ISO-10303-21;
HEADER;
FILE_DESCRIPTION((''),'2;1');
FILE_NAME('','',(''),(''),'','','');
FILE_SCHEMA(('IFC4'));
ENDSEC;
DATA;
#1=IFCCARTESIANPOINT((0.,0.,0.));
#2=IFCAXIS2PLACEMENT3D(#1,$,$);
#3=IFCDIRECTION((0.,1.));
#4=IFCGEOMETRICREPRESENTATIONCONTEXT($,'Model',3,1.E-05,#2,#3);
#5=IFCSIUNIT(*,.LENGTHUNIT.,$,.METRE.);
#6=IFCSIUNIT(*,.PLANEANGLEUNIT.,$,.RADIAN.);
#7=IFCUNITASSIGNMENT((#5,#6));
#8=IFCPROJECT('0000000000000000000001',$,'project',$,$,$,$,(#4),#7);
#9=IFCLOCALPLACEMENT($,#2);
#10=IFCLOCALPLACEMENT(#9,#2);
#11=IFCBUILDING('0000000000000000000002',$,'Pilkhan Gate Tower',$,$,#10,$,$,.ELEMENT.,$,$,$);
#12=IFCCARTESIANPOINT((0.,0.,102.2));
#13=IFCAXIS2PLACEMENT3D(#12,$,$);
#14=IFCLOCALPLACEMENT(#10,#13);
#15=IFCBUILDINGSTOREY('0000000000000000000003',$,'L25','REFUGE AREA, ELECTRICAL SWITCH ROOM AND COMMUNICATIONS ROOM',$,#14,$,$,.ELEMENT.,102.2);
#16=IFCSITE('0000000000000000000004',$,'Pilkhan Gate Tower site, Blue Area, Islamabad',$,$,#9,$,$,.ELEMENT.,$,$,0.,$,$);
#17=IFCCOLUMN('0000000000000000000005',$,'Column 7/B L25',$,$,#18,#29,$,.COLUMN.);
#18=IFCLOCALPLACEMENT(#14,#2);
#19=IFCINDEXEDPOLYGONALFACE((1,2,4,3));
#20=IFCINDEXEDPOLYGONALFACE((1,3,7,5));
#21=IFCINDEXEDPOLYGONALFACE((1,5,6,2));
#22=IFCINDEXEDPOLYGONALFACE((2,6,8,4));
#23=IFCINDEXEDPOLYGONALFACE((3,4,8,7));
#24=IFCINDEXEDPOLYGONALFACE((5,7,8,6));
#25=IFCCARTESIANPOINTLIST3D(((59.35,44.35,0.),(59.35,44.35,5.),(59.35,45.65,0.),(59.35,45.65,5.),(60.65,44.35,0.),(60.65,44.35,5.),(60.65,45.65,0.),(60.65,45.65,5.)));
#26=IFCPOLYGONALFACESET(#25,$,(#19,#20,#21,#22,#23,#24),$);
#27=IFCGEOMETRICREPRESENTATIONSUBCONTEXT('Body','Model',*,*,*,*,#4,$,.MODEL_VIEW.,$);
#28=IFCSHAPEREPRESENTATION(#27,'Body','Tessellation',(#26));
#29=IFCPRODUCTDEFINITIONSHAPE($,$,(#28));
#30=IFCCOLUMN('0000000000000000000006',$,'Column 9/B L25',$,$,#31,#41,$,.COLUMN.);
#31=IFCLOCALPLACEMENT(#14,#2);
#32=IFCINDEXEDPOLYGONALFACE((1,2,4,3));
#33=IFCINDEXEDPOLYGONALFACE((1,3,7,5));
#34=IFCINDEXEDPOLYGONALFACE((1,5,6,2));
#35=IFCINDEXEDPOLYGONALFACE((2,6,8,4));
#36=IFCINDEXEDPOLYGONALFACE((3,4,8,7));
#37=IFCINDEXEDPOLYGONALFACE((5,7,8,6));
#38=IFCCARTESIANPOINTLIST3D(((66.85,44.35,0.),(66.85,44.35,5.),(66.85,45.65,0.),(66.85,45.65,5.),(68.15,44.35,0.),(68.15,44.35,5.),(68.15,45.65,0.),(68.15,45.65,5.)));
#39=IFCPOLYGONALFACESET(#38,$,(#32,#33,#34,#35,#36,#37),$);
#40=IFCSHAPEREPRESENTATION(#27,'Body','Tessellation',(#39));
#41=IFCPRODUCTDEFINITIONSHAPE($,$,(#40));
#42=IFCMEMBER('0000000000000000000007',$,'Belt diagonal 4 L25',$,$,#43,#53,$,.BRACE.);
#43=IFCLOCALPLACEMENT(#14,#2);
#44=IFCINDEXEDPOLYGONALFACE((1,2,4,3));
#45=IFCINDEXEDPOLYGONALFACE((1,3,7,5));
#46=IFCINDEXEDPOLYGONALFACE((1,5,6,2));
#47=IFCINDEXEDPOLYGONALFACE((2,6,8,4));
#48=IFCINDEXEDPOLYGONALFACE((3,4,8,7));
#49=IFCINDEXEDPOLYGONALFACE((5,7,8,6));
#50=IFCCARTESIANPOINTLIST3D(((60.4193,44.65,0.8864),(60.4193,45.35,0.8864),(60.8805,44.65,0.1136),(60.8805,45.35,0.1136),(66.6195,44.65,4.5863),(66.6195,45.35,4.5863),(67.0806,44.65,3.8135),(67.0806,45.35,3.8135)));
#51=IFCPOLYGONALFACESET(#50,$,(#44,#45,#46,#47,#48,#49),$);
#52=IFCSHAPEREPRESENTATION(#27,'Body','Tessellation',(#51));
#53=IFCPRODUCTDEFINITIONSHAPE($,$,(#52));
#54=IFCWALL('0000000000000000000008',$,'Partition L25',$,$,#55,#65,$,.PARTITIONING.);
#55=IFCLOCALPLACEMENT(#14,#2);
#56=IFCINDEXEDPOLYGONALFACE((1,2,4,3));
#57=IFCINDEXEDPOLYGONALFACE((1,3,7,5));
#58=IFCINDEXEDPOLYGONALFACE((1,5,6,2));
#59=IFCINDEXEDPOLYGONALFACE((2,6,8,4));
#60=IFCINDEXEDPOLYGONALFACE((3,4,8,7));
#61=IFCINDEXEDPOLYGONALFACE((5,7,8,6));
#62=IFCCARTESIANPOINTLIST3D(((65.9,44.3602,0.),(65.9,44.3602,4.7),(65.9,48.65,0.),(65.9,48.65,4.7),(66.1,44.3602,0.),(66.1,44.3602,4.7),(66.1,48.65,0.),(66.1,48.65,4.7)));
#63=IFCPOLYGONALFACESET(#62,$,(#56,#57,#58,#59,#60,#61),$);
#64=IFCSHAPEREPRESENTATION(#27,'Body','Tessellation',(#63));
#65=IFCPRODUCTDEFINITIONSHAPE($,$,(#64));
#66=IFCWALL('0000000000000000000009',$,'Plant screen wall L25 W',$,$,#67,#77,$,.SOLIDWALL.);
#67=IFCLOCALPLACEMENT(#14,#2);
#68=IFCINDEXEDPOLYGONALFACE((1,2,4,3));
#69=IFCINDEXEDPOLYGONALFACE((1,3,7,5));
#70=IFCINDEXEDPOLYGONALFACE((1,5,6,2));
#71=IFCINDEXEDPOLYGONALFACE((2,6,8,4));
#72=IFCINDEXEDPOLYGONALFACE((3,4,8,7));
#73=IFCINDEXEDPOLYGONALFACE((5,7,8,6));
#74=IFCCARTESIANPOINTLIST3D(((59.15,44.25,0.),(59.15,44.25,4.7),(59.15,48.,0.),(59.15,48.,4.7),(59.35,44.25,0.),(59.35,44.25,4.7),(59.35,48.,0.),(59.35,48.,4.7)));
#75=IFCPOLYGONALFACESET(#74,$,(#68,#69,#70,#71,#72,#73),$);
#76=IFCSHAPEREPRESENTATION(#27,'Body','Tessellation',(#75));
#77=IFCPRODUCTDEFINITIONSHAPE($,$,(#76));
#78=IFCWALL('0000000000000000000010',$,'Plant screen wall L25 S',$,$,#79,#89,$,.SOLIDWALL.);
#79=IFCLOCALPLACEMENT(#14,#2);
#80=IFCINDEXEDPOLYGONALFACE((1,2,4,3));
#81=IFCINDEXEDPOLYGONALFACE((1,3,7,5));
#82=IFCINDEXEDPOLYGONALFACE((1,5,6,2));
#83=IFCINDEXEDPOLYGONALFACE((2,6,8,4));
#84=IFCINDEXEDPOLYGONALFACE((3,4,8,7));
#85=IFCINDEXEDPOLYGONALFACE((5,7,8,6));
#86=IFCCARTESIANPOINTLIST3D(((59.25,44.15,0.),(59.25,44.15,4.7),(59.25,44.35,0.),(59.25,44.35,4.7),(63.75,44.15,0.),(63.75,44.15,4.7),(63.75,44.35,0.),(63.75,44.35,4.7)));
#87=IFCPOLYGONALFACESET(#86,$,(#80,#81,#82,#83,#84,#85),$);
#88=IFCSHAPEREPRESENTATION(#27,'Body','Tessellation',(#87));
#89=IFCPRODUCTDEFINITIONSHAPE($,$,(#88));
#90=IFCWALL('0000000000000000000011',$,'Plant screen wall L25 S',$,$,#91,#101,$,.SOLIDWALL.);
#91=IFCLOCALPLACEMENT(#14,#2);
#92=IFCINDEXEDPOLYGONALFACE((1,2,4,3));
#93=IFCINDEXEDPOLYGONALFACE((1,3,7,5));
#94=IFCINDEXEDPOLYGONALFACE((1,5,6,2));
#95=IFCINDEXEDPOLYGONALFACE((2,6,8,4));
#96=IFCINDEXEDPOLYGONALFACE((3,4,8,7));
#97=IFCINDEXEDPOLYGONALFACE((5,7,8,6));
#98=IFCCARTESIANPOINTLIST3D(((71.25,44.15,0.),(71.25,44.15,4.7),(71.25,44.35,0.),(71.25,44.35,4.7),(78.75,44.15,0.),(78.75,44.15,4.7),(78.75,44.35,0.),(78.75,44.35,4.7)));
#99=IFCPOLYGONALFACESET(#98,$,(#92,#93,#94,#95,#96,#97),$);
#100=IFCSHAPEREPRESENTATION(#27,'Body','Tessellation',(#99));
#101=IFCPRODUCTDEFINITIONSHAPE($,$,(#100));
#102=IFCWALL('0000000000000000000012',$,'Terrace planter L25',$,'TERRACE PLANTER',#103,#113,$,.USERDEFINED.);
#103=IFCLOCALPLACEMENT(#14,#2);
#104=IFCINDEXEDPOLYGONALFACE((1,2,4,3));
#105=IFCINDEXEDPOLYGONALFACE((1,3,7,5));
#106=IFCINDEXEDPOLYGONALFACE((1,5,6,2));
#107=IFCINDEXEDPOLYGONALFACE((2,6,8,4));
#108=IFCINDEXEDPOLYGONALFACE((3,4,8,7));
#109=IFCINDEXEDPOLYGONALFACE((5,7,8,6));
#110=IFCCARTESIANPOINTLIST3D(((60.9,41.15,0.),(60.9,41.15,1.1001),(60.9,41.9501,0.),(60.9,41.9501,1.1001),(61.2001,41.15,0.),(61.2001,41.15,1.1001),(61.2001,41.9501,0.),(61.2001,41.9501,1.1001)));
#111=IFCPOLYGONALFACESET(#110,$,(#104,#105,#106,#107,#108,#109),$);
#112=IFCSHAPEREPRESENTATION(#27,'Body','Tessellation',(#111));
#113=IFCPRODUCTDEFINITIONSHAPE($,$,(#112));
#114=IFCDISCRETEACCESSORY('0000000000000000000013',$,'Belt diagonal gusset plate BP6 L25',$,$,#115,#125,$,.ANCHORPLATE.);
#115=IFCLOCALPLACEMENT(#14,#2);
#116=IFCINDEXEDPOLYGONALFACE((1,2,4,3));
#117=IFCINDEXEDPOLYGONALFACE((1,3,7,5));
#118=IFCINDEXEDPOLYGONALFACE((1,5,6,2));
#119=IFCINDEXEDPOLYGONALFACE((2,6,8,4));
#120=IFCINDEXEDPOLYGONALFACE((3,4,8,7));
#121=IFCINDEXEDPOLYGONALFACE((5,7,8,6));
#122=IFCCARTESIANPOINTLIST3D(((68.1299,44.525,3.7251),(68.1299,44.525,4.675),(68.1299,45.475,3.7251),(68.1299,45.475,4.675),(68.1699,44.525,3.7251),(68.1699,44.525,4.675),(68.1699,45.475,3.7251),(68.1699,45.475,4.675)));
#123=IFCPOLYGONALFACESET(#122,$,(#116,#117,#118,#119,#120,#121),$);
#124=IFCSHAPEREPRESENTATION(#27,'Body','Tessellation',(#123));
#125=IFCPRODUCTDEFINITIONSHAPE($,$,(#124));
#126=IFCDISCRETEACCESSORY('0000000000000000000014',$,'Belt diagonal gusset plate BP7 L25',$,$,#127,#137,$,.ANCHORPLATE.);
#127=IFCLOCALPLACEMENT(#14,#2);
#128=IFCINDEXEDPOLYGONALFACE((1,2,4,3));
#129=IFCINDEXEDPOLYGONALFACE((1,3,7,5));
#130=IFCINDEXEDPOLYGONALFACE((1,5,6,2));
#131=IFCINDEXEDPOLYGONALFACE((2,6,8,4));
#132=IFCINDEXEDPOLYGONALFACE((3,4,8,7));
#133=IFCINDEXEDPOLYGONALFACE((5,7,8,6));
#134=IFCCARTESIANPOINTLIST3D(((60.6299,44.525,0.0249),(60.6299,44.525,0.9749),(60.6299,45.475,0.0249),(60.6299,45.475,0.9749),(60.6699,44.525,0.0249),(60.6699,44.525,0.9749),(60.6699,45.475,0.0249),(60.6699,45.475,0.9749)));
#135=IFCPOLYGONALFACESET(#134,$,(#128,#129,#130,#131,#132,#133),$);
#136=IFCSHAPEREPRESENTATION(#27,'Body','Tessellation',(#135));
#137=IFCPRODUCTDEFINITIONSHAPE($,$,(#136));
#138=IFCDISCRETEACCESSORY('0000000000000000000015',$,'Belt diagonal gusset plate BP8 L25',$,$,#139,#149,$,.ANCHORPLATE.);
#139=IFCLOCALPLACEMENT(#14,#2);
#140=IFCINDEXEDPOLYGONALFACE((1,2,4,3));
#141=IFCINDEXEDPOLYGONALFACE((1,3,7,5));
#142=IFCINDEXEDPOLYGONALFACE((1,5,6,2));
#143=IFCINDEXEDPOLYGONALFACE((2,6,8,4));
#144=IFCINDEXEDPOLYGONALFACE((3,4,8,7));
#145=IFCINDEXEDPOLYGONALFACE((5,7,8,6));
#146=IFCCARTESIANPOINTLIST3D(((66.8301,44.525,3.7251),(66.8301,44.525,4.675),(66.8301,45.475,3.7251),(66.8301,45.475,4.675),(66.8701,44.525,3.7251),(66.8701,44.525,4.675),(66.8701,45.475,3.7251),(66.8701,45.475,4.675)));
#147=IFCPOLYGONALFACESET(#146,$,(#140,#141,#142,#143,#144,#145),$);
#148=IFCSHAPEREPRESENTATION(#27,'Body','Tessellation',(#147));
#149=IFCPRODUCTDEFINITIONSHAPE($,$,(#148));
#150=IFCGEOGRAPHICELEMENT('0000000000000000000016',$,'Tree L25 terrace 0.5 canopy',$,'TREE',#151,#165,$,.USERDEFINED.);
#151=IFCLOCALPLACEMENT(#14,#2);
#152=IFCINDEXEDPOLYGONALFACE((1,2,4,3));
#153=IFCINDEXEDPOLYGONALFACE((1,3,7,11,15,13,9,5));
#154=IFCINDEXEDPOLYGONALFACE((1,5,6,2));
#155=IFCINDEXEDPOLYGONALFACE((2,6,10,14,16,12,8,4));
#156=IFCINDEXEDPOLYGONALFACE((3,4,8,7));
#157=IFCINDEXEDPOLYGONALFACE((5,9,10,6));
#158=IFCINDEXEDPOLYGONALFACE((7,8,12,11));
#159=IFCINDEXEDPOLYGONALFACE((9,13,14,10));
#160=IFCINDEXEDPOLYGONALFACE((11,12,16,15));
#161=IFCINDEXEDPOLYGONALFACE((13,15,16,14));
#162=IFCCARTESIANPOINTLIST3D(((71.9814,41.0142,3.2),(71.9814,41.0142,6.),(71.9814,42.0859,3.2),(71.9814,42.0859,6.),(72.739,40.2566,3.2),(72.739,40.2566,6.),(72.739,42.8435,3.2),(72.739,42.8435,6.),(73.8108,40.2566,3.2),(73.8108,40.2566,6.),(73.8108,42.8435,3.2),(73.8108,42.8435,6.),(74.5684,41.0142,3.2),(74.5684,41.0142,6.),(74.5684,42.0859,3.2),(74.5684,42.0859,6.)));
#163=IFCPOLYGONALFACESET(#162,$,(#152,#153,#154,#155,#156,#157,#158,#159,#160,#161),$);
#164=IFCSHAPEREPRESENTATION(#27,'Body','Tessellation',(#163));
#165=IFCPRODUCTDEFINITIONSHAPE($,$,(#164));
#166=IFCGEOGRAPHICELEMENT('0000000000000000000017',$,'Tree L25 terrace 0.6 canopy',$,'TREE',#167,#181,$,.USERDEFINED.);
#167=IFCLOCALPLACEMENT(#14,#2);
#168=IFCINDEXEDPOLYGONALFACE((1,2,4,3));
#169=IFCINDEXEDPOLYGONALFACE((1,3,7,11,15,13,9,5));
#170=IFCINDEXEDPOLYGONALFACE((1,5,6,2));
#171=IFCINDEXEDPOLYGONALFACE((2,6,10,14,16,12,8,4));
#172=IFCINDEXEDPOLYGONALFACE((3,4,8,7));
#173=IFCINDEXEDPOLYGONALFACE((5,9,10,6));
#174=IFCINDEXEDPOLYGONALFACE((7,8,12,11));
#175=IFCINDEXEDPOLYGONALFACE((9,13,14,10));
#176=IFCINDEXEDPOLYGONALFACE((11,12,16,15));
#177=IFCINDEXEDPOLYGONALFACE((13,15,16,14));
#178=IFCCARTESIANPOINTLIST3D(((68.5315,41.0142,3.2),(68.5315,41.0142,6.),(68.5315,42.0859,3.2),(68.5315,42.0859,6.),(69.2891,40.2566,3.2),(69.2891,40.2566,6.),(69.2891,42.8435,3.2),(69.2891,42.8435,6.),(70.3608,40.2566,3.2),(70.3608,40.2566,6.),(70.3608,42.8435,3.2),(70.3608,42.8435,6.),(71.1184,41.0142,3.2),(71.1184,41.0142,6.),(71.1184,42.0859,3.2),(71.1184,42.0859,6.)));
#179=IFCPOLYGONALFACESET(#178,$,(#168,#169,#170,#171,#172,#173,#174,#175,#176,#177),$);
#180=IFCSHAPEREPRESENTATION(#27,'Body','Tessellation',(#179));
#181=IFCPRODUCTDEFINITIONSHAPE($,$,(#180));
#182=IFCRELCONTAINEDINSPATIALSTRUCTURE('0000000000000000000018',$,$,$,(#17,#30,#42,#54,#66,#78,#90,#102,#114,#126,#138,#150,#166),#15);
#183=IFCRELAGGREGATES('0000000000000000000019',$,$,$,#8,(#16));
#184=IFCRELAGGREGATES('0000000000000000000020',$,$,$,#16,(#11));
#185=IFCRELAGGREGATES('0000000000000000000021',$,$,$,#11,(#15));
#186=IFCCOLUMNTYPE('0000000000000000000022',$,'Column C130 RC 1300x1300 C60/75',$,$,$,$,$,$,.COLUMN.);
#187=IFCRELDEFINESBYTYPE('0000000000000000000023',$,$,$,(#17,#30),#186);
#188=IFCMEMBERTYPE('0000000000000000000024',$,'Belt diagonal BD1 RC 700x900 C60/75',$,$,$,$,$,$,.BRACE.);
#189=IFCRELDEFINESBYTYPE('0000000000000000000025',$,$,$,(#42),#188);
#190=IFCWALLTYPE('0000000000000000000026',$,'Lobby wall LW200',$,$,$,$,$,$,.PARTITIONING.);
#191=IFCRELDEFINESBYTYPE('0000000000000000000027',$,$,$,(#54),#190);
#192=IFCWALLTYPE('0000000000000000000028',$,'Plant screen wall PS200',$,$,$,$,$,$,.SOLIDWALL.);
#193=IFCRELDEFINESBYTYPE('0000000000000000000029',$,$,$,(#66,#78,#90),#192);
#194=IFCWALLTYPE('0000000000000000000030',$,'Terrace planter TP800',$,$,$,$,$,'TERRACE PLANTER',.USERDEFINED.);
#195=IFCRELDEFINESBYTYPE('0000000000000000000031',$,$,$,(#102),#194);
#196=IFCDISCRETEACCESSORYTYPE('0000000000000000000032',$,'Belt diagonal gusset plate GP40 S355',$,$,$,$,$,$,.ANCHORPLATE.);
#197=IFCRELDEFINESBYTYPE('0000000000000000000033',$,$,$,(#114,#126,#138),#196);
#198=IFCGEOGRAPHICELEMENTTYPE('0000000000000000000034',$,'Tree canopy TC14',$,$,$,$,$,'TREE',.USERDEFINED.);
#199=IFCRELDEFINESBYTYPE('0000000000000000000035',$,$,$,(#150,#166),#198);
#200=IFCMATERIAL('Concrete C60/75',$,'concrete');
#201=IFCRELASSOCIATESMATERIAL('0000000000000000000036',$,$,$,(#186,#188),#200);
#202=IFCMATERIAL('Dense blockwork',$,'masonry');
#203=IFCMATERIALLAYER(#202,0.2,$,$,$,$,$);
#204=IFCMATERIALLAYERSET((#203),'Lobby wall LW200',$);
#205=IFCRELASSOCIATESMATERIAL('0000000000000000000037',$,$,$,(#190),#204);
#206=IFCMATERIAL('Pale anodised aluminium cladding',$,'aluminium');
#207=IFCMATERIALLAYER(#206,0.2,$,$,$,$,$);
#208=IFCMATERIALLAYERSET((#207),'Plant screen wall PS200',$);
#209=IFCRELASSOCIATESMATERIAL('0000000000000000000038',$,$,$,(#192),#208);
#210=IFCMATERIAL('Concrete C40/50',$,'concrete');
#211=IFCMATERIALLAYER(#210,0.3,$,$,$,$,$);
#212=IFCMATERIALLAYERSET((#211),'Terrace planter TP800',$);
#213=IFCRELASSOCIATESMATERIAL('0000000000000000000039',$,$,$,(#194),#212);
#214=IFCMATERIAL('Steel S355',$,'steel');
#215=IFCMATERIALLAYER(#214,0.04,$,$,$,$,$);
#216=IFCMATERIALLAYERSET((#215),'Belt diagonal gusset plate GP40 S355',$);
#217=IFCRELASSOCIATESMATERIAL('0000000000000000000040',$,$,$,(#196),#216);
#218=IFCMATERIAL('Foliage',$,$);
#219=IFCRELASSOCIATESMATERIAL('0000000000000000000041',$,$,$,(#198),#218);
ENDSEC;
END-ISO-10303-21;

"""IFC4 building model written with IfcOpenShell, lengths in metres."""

from ifc_helpers import new_model, si_unit, direction, frame, frame_2d, origin, origin_2d, place, context, subcontext, project, spatial, polyline, rectangle, outline, extrude, material, layer, layer_set, material_profile, profile_set, type_object, element, save


model = new_model("IFC4")

# Units and contexts
model_context = context("Model", 3, precision=1e-05, world=origin(), true_north=direction((0.0, 1.0)))
body_context = subcontext(model_context, "Body", "Model", "MODEL_VIEW")
ifc_project = project(units=[si_unit("LENGTHUNIT", "METRE"), si_unit("PLANEANGLEUNIT", "RADIAN")], contexts=[model_context])

# Site, building, storey
site_placement = place(None, origin())
site = spatial("IfcSite", under=ifc_project, at=site_placement, Name="Pilkhan Gate Tower site, Blue Area, Islamabad", CompositionType="ELEMENT", RefElevation=0.0)
building_placement = place(site_placement, origin())
building = spatial("IfcBuilding", under=site, at=building_placement, Name="Pilkhan Gate Tower", CompositionType="ELEMENT")
storey_placement = place(building_placement, frame((0.0, 0.0, 102.2)))
storey = spatial("IfcBuildingStorey", under=building, at=storey_placement, Name="L25", Description="REFUGE AREA, ELECTRICAL SWITCH ROOM AND COMMUNICATIONS ROOM", CompositionType="ELEMENT", Elevation=102.2)

# Columns
ifc_material_1 = material(Name="Concrete C60/75", Category="concrete")
ifc_material_profile_1 = material_profile(ifc_material_1, rectangle(XDim=1.3, YDim=1.3, at=origin_2d()), Name="RC 1300x1300")
ifc_profile_set_1 = profile_set([ifc_material_profile_1], Name="Concrete C60/75")
column_type = type_object("IfcColumnType", Name="Column C130 RC 1300x1300 C60/75", PredefinedType="COLUMN", material=ifc_profile_set_1)
for number, where, z_axis, x_axis, name in (
    (1, (60.0, 45.0, 0.0), (0.0, 0.0, 1.0), (1.0, 0.0, 0.0), "Column 7/B L25"),
    (2, (67.5, 45.0, 0.0), (0.0, 0.0, 1.0), (1.0, 0.0, 0.0), "Column 9/B L25"),
):
    element("IfcColumn", number, at=place(storey_placement, frame(where, z_axis=z_axis, x_axis=x_axis)), inside=storey, type_object=column_type, Name=name, PredefinedType="COLUMN", context=body_context, shape_type="SweptSolid", body=[
        extrude(rectangle(XDim=1.3, YDim=1.3, at=origin_2d()), origin(), (0.0, 0.0, 1.0), 5.0),
    ])

# Member
ifc_material_profile_2 = material_profile(ifc_material_1, rectangle(XDim=0.7, YDim=0.8999, at=origin_2d()), Name="RC 700x900")
ifc_profile_set_2 = profile_set([ifc_material_profile_2], Name="Concrete C60/75")
member_type = type_object("IfcMemberType", Name="Belt diagonal BD1 RC 700x900 C60/75", PredefinedType="BRACE", material=ifc_profile_set_2)
member_placement = place(storey_placement, frame((60.6499, 45.0, 0.5), z_axis=(0.858723, 0.0, 0.512441), x_axis=(0.0, 1.0, 0.0)))
element("IfcMember", 3, at=member_placement, inside=storey, type_object=member_type, Name="Belt diagonal 4 L25", PredefinedType="BRACE", context=body_context, shape_type="SweptSolid", body=[
    extrude(rectangle(XDim=0.7, YDim=0.8999, at=origin_2d()), origin(), (0.0, 0.0, 1.0), 7.2202),
])

# Walls
ifc_material_2 = material(Name="Dense blockwork", Category="masonry")
ifc_layer_1 = layer(ifc_material_2, 0.2)
ifc_layer_set_1 = layer_set([ifc_layer_1], Name="Lobby wall LW200")
wall_type_1 = type_object("IfcWallType", Name="Lobby wall LW200", PredefinedType="PARTITIONING", material=ifc_layer_set_1)
wall_1_placement = place(storey_placement, frame((66.0, 44.3601, 0.0), z_axis=(0.0, 0.0, 1.0), x_axis=(0.0, 1.0, 0.0)))
element("IfcWall", 4, at=wall_1_placement, inside=storey, type_object=wall_type_1, Name="Partition L25", PredefinedType="PARTITIONING", context=body_context, shape_type="SweptSolid", body=[
    extrude(rectangle(XDim=4.2898, YDim=0.2, at=frame_2d((2.145, 0.0))), origin(), (0.0, 0.0, 1.0), 4.7),
])
ifc_material_3 = material(Name="Pale anodised aluminium cladding", Category="aluminium")
ifc_layer_2 = layer(ifc_material_3, 0.2)
ifc_layer_set_2 = layer_set([ifc_layer_2], Name="Plant screen wall PS200")
wall_type_2 = type_object("IfcWallType", Name="Plant screen wall PS200", PredefinedType="SOLIDWALL", material=ifc_layer_set_2)
wall_2_placement = place(storey_placement, frame((59.25, 44.25, 0.0), z_axis=(0.0, 0.0, 1.0), x_axis=(0.0, 1.0, 0.0)))
element("IfcWall", 5, at=wall_2_placement, inside=storey, type_object=wall_type_2, Name="Plant screen wall L25 W", PredefinedType="SOLIDWALL", context=body_context, shape_type="SweptSolid", body=[
    extrude(rectangle(XDim=3.75, YDim=0.2, at=frame_2d((1.875, 0.0))), origin(), (0.0, 0.0, 1.0), 4.7),
])
wall_3_placement = place(storey_placement, frame((59.25, 44.25, 0.0), z_axis=(0.0, 0.0, 1.0), x_axis=(1.0, 0.0, 0.0)))
element("IfcWall", 6, at=wall_3_placement, inside=storey, type_object=wall_type_2, Name="Plant screen wall L25 S", PredefinedType="SOLIDWALL", context=body_context, shape_type="SweptSolid", body=[
    extrude(rectangle(XDim=4.5, YDim=0.2, at=frame_2d((2.25, 0.0))), origin(), (0.0, 0.0, 1.0), 4.7),
])

# Walls
wall_4_placement = place(storey_placement, frame((71.25, 44.25, 0.0), z_axis=(0.0, 0.0, 1.0), x_axis=(1.0, 0.0, 0.0)))
element("IfcWall", 7, at=wall_4_placement, inside=storey, type_object=wall_type_2, Name="Plant screen wall L25 S", PredefinedType="SOLIDWALL", context=body_context, shape_type="SweptSolid", body=[
    extrude(rectangle(XDim=7.5, YDim=0.2, at=frame_2d((3.75, 0.0))), origin(), (0.0, 0.0, 1.0), 4.7),
])
ifc_material_4 = material(Name="Concrete C40/50", Category="concrete")
ifc_layer_3 = layer(ifc_material_4, 0.3)
ifc_layer_set_3 = layer_set([ifc_layer_3], Name="Terrace planter TP800")
wall_type_3 = type_object("IfcWallType", Name="Terrace planter TP800", ElementType="TERRACE PLANTER", PredefinedType="USERDEFINED", material=ifc_layer_set_3)
wall_5_placement = place(storey_placement, frame((61.05, 41.95, 0.0), z_axis=(0.0, 0.0, 1.0), x_axis=(0.0, -1.0, 0.0)))
element("IfcWall", 8, at=wall_5_placement, inside=storey, type_object=wall_type_3, Name="Terrace planter L25", ObjectType="TERRACE PLANTER", PredefinedType="USERDEFINED", context=body_context, shape_type="SweptSolid", body=[
    extrude(rectangle(XDim=0.8, YDim=0.3, at=frame_2d((0.3999, 0.0))), origin(), (0.0, 0.0, 1.0), 1.1001),
])

# Discrete accessories
ifc_material_5 = material(Name="Steel S355", Category="steel")
ifc_layer_4 = layer(ifc_material_5, 0.04)
ifc_layer_set_4 = layer_set([ifc_layer_4], Name="Belt diagonal gusset plate GP40 S355")
discrete_accessory_type = type_object("IfcDiscreteAccessoryType", Name="Belt diagonal gusset plate GP40 S355", PredefinedType="ANCHORPLATE", material=ifc_layer_set_4)
for number, where, z_axis, x_axis, name in (
    (9, (68.1499, 45.0, 3.7251), (0.0, 0.0, 1.0), (1.0, 0.0, 0.0), "Belt diagonal gusset plate BP6 L25"),
    (10, (60.6499, 45.0, 0.0249), (0.0, 0.0, 1.0), (1.0, 0.0, 0.0), "Belt diagonal gusset plate BP7 L25"),
    (11, (66.8501, 45.0, 3.7251), (0.0, 0.0, 1.0), (1.0, 0.0, 0.0), "Belt diagonal gusset plate BP8 L25"),
):
    element("IfcDiscreteAccessory", number, at=place(storey_placement, frame(where, z_axis=z_axis, x_axis=x_axis)), inside=storey, type_object=discrete_accessory_type, Name=name, PredefinedType="ANCHORPLATE", context=body_context, shape_type="SweptSolid", body=[
        extrude(rectangle(XDim=0.04, YDim=0.95, at=origin_2d()), origin(), (0.0, 0.0, 1.0), 0.95),
    ])

# Geographic elements
ifc_material_6 = material(Name="Foliage")
ifc_material_profile_3 = material_profile(ifc_material_6, outline(polyline([(1.2935, 0.5359), (0.5359, 1.2935), (-0.5359, 1.2935), (-1.2935, 0.5359), (-1.2935, -0.5359), (-0.5359, -1.2935), (0.5359, -1.2935), (1.2935, -0.5359), (1.2935, 0.5359)])), Name="Canopy D2.8")
ifc_profile_set_3 = profile_set([ifc_material_profile_3], Name="Foliage")
geographic_element_type_1 = type_object("IfcGeographicElementType", Name="Tree canopy TC14", ElementType="TREE", PredefinedType="USERDEFINED", material=ifc_profile_set_3)
for number, where, z_axis, x_axis, name in (
    (12, (73.2749, 41.55, 3.2), (0.0, 0.0, 1.0), (1.0, 0.0, 0.0), "Tree L25 terrace 0.5 canopy"),
    (13, (69.825, 41.55, 3.2), (0.0, 0.0, 1.0), (1.0, 0.0, 0.0), "Tree L25 terrace 0.6 canopy"),
):
    element("IfcGeographicElement", number, at=place(storey_placement, frame(where, z_axis=z_axis, x_axis=x_axis)), inside=storey, type_object=geographic_element_type_1, Name=name, ObjectType="TREE", PredefinedType="USERDEFINED", context=body_context, shape_type="SweptSolid", body=[
        extrude(outline(polyline([(1.2935, 0.5359), (0.5359, 1.2935), (-0.5359, 1.2935), (-1.2935, 0.5359), (-1.2935, -0.5359), (-0.5359, -1.2935), (0.5359, -1.2935), (1.2935, -0.5359), (1.2935, 0.5359)])), origin(), (0.0, 0.0, 1.0), 2.8),
    ])

save(model, "model.ifc")
